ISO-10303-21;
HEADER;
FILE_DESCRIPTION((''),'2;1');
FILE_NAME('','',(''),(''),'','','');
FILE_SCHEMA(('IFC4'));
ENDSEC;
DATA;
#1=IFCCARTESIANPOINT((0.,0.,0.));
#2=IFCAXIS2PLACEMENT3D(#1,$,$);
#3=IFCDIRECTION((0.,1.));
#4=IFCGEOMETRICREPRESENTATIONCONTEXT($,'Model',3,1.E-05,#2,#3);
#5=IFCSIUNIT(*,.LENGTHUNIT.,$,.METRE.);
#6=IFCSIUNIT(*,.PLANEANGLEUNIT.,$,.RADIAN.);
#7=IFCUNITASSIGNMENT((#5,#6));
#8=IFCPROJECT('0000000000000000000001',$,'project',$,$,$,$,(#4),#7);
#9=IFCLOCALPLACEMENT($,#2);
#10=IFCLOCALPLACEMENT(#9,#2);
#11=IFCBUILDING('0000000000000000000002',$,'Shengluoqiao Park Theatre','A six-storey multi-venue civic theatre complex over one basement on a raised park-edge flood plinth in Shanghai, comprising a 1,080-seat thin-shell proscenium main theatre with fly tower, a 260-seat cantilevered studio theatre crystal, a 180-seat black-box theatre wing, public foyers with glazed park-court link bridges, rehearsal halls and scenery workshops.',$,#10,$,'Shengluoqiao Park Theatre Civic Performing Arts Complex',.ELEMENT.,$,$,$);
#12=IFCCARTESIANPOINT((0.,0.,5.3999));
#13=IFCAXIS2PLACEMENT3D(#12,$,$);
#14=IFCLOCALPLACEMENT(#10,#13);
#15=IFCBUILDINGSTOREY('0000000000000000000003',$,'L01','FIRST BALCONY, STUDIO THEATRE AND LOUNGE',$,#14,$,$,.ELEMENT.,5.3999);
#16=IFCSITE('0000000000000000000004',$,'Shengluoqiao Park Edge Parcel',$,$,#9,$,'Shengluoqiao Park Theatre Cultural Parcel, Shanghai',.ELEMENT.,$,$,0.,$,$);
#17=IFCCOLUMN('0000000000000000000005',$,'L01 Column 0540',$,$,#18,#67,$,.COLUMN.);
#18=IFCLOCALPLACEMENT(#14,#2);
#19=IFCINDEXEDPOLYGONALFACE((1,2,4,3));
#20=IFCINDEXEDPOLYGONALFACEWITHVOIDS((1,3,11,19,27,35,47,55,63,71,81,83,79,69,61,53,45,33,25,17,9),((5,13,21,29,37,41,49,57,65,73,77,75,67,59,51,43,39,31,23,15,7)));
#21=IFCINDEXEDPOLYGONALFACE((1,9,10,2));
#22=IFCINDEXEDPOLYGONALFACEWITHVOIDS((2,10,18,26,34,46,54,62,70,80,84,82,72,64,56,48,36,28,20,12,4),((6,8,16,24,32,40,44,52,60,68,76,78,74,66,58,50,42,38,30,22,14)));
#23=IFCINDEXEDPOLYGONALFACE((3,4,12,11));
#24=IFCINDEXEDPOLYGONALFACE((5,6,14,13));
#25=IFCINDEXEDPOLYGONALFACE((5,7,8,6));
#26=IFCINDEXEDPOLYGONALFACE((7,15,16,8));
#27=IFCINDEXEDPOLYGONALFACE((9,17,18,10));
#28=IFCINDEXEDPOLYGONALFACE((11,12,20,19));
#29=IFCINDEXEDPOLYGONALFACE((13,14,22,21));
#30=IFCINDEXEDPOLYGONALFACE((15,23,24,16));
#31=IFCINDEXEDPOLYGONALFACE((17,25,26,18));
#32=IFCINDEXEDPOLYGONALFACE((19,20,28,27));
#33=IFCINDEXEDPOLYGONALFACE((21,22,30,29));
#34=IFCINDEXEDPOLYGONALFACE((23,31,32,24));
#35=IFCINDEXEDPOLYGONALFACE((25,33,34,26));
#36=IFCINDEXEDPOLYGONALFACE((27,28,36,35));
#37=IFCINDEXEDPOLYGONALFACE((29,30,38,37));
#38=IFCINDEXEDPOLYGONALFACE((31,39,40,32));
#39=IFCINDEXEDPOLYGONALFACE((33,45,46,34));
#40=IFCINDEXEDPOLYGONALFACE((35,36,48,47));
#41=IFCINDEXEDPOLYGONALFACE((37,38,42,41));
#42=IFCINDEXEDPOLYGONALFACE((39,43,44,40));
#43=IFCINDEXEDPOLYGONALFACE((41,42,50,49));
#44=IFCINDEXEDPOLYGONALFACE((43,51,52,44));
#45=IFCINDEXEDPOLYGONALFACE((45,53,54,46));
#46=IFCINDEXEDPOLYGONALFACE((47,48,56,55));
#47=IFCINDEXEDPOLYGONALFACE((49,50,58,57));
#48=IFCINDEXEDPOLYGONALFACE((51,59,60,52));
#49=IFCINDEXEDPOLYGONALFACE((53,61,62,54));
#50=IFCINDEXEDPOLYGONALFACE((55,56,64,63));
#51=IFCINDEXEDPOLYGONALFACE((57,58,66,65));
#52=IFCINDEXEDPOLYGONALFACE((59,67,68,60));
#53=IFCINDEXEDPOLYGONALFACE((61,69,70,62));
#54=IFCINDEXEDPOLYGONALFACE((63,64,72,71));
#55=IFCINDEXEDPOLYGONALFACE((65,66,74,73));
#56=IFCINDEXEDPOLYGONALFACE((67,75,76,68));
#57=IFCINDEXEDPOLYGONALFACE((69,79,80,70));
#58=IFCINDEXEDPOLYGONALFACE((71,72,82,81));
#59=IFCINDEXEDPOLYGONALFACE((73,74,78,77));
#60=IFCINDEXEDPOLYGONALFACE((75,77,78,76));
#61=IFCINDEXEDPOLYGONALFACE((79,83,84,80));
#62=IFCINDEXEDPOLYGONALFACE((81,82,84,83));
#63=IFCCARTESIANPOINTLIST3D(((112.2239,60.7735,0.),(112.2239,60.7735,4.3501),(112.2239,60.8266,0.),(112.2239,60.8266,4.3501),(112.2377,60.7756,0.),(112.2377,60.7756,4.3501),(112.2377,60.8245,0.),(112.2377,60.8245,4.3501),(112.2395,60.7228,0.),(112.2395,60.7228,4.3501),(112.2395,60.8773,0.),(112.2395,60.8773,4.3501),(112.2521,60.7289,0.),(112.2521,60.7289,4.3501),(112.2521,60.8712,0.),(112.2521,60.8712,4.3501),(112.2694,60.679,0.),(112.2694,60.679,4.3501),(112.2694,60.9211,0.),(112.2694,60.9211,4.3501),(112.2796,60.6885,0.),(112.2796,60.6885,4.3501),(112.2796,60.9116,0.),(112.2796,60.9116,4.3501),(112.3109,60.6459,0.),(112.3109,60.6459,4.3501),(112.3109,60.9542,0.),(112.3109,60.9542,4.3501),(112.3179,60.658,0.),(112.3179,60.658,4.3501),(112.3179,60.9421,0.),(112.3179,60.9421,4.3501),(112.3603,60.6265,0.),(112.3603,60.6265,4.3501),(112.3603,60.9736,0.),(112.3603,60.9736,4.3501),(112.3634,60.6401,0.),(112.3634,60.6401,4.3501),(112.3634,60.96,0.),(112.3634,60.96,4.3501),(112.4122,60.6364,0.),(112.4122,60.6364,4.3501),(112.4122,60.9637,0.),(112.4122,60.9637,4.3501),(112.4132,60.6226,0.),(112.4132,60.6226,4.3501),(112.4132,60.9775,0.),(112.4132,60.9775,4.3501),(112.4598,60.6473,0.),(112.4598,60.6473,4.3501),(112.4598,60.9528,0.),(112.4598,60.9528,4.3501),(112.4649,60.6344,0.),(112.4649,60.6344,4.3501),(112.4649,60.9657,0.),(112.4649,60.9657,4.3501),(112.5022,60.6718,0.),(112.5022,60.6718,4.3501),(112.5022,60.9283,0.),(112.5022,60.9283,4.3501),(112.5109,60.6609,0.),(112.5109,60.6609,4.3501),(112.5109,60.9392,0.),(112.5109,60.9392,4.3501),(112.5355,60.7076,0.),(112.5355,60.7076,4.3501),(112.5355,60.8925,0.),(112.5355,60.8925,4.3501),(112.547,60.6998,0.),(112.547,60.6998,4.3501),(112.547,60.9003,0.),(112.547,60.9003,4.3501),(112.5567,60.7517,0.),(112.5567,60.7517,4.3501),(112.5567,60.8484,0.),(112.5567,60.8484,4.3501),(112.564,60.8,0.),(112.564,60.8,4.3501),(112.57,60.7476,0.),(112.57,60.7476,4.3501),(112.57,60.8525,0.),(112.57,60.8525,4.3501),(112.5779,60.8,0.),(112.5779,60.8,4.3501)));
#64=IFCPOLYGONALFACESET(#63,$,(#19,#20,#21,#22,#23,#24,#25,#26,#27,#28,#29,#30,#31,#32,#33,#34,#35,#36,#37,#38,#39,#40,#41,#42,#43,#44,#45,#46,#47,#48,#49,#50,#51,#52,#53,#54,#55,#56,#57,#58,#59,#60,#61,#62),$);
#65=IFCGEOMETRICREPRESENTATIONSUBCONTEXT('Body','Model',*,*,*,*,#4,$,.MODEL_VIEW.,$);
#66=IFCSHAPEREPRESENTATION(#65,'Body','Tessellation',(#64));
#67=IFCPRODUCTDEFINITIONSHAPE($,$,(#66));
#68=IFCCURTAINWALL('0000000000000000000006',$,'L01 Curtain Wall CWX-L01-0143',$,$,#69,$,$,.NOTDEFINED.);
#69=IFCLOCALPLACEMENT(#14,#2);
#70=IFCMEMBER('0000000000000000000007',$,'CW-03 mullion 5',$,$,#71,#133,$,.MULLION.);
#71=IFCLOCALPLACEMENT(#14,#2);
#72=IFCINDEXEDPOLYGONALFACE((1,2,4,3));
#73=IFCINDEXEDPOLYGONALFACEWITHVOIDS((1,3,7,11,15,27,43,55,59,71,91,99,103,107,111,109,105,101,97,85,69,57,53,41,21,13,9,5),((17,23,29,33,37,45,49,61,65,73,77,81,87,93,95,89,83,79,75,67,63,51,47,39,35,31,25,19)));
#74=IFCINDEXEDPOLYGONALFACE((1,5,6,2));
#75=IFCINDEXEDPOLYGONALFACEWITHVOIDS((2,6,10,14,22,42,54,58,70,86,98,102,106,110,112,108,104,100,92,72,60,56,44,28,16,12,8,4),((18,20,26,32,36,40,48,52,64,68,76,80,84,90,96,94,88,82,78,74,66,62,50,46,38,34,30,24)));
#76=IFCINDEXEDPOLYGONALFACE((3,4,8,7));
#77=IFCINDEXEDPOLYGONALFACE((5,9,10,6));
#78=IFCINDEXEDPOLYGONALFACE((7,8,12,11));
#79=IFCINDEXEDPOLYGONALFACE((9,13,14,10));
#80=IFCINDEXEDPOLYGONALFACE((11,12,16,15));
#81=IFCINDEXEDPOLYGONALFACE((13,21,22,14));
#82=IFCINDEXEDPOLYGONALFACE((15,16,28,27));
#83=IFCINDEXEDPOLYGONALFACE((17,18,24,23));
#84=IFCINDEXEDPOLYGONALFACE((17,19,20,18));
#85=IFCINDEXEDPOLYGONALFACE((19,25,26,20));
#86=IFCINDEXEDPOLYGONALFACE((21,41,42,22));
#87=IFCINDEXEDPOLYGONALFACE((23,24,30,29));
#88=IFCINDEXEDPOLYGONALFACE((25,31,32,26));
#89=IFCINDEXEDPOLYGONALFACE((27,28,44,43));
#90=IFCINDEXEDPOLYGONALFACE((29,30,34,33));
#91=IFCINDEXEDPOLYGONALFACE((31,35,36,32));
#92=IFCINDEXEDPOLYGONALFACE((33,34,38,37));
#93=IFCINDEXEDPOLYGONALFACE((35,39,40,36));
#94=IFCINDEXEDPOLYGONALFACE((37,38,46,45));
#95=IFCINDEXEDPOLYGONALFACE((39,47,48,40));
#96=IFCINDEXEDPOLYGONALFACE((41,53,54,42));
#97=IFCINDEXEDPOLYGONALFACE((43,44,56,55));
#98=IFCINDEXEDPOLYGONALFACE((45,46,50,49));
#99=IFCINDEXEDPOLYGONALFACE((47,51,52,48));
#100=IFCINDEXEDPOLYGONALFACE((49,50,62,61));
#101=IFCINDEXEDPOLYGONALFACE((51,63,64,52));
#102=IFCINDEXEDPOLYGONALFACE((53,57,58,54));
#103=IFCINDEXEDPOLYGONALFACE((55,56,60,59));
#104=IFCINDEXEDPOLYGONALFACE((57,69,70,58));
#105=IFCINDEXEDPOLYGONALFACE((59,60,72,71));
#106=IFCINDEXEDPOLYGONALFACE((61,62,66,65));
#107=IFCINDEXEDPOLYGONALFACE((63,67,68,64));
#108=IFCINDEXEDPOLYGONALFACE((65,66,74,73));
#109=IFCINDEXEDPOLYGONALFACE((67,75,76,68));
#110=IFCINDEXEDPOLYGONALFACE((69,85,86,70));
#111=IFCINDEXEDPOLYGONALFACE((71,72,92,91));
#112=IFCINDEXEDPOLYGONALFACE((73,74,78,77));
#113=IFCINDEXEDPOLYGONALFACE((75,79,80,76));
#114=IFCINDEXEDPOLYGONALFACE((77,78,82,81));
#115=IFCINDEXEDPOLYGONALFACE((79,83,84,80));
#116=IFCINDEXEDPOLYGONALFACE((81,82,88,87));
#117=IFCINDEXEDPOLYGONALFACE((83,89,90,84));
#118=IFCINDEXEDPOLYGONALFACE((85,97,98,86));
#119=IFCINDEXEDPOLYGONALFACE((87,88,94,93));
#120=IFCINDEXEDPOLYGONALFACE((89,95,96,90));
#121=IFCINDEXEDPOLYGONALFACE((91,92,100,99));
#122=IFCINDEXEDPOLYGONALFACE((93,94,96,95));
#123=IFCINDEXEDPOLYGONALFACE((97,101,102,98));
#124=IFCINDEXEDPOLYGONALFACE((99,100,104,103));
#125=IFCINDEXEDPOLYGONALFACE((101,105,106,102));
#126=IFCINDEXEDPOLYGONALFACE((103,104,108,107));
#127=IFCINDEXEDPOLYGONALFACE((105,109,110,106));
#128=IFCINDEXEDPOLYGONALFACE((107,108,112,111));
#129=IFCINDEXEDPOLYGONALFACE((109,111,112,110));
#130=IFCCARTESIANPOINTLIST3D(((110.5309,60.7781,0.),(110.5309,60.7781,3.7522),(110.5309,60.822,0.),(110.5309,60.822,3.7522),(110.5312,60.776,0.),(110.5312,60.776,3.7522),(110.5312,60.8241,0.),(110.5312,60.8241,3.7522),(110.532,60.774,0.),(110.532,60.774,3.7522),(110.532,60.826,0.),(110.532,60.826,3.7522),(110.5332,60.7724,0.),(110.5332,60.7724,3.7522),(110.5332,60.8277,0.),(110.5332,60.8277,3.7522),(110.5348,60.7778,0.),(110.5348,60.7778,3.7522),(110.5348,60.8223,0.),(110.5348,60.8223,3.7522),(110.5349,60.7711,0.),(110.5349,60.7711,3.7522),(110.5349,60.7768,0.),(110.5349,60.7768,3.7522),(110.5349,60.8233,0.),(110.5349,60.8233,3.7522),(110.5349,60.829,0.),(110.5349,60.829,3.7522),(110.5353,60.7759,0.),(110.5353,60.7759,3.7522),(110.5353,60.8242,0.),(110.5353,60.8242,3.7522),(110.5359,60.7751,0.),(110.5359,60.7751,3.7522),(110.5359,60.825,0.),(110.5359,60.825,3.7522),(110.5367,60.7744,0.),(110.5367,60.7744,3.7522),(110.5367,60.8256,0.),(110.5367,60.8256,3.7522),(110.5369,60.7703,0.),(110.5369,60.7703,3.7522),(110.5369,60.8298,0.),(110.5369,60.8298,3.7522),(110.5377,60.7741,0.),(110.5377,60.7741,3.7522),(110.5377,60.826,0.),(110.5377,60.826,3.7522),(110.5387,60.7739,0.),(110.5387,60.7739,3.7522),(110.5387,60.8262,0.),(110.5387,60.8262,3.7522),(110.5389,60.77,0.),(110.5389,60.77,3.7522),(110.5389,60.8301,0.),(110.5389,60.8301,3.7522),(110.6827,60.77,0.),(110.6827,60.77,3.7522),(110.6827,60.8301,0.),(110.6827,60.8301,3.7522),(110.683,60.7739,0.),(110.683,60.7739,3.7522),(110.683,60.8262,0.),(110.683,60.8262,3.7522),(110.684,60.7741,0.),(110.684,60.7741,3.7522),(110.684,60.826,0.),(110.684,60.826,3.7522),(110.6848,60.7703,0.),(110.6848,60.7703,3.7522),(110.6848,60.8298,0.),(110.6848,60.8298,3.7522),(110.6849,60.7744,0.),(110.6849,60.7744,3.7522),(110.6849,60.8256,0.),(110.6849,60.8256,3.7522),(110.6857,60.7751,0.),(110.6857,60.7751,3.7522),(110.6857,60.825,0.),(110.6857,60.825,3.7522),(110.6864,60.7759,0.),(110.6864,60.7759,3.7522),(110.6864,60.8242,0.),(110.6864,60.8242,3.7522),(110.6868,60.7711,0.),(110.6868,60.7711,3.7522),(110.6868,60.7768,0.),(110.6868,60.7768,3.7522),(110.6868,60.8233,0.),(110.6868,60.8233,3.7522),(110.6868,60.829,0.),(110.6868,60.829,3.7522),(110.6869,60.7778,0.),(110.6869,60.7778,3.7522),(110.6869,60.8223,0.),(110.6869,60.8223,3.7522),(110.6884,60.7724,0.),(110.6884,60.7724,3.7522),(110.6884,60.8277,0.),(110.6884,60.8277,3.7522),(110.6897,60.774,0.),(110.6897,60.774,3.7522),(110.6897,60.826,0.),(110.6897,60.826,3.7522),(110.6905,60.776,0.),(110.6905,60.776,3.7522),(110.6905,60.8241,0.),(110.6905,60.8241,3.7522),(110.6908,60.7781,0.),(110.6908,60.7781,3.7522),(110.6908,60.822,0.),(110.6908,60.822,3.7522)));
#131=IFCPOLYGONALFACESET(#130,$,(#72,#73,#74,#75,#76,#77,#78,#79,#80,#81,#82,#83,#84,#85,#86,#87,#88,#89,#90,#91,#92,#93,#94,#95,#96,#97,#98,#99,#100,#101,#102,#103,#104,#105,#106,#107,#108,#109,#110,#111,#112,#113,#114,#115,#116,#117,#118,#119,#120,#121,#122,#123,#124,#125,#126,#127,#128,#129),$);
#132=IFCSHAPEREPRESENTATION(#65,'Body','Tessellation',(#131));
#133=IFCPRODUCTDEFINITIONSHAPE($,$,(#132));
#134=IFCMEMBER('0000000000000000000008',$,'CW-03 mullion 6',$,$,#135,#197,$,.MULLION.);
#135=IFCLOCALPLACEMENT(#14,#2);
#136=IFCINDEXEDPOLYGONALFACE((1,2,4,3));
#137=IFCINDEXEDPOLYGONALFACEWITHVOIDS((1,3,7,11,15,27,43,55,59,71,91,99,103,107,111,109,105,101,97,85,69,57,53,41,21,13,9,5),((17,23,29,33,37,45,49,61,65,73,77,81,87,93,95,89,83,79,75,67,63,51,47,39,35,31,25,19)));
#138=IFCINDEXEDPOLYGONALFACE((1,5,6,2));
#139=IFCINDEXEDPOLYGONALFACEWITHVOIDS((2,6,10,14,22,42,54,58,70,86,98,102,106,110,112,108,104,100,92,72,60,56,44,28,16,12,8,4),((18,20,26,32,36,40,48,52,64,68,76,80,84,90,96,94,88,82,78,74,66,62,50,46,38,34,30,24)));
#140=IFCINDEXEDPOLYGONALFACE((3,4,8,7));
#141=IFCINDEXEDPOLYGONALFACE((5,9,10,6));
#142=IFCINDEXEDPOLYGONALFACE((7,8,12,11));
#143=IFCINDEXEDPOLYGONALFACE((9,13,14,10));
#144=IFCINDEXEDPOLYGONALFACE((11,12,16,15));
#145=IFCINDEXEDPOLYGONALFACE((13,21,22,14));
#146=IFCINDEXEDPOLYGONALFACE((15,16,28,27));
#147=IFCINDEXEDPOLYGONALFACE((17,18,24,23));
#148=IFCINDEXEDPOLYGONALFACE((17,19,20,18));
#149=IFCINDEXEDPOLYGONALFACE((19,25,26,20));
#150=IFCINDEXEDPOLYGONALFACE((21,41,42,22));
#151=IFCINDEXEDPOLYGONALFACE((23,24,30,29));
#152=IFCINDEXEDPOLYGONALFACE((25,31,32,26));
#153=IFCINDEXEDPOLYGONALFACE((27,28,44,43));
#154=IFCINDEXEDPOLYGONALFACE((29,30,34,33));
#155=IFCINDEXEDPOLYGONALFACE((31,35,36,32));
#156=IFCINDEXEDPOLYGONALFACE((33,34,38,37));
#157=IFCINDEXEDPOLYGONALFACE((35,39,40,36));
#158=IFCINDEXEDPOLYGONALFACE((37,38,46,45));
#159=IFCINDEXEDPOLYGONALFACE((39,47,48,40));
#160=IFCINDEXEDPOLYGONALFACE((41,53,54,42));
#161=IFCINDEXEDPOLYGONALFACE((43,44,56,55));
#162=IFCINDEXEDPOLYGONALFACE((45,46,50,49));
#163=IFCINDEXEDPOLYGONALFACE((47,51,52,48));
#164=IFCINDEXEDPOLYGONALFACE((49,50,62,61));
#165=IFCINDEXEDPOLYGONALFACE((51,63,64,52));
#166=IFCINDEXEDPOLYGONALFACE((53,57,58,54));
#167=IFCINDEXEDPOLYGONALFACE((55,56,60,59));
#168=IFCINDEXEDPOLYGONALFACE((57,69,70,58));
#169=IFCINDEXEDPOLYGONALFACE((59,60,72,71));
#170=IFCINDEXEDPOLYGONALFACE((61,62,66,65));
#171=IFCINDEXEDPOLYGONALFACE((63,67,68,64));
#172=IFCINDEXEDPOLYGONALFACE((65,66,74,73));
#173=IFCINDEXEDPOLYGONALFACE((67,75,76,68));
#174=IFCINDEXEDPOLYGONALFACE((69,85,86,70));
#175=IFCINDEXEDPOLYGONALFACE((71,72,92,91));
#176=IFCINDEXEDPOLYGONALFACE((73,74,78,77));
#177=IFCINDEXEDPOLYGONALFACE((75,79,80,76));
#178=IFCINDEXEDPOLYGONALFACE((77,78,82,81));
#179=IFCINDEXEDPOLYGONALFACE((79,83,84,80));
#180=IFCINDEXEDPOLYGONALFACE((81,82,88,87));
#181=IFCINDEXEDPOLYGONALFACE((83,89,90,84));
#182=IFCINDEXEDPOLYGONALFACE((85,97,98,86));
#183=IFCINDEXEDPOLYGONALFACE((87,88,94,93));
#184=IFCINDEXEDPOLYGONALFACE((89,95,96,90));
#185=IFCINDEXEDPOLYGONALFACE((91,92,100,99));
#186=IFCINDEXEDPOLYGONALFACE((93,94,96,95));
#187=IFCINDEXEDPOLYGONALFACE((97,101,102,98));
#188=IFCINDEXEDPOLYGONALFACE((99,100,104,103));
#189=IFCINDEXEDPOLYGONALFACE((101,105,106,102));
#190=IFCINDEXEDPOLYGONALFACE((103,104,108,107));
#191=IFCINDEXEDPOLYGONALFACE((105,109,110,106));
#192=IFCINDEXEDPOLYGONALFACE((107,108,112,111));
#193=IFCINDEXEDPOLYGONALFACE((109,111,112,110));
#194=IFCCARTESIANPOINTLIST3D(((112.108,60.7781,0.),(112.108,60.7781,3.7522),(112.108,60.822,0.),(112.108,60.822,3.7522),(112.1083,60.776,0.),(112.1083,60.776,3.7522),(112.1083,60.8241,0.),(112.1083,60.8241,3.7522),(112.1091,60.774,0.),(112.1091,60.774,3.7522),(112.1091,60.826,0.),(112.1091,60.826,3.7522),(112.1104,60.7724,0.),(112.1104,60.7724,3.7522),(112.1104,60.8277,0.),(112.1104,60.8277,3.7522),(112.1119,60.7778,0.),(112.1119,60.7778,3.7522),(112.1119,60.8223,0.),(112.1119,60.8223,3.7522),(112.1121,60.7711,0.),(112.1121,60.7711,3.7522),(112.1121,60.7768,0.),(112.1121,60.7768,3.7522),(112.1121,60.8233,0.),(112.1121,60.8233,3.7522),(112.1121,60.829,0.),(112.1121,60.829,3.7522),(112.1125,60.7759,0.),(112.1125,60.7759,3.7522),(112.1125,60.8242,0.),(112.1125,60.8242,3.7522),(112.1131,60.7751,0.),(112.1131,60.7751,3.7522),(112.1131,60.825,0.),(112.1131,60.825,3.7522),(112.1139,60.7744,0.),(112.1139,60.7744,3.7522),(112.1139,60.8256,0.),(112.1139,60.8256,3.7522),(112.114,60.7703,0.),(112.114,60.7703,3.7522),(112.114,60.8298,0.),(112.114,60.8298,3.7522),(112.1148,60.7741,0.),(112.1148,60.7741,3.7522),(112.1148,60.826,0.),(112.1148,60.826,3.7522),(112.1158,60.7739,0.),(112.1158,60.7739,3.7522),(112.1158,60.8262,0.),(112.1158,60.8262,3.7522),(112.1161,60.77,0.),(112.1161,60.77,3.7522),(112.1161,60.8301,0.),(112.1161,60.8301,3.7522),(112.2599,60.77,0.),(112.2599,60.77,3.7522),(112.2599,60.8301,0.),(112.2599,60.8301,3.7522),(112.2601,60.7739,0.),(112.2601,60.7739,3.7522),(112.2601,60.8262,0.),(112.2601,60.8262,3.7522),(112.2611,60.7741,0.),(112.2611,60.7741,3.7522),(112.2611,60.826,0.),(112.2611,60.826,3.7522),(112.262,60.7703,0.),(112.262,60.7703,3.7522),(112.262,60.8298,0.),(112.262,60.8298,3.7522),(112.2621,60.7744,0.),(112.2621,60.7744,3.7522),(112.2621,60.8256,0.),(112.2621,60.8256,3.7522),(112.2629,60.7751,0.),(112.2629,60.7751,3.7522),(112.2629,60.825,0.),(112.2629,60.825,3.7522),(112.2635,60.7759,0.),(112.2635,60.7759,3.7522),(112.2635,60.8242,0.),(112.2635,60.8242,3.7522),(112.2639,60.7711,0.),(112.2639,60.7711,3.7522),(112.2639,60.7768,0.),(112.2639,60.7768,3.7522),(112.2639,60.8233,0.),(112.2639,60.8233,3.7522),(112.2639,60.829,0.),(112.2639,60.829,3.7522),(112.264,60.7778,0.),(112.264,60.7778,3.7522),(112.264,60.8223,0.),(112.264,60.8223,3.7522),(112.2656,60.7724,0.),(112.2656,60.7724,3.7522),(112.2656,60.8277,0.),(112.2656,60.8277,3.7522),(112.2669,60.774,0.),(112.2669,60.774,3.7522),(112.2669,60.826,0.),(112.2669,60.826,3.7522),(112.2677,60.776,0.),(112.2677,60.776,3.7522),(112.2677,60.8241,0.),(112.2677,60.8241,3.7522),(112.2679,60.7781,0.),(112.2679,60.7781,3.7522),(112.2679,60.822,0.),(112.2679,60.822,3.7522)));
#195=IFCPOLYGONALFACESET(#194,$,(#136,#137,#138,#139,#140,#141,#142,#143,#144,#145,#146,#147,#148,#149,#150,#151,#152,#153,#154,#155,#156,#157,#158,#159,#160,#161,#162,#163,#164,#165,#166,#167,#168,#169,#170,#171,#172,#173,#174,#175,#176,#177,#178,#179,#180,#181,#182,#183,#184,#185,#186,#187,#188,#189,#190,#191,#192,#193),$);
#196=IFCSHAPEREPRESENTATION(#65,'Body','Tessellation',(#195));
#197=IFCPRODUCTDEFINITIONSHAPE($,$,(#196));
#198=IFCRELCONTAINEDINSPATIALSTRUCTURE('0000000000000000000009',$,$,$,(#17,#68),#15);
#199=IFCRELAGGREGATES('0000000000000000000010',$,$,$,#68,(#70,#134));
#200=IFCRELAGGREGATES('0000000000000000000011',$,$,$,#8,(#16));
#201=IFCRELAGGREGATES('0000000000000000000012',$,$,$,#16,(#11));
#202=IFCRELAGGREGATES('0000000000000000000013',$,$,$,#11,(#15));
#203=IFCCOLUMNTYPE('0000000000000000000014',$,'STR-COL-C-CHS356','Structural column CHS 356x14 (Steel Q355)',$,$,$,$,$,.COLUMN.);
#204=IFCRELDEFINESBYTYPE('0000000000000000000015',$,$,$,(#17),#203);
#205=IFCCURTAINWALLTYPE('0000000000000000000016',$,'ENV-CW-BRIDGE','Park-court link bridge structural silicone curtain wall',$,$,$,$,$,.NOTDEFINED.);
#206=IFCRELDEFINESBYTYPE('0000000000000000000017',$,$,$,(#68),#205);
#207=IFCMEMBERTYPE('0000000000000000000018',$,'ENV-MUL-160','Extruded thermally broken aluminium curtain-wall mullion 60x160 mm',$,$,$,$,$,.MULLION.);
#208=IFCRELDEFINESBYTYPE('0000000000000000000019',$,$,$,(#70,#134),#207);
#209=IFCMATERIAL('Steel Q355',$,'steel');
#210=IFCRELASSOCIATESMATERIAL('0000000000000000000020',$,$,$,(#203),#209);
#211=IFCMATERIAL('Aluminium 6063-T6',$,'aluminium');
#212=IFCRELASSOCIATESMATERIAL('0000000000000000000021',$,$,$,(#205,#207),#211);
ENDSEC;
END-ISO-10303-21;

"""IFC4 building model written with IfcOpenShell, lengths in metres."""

from ifc_helpers import new_model, si_unit, direction, frame, origin, origin_2d, place, context, subcontext, project, spatial, hollow_rectangle, hollow_circle, extrude, material, material_profile, profile_set, type_object, element, aggregate, save


model = new_model("IFC4")

# Units and contexts
model_context = context("Model", 3, precision=1e-05, world=origin(), true_north=direction((0.0, 1.0)))
body_context = subcontext(model_context, "Body", "Model", "MODEL_VIEW")
ifc_project = project(units=[si_unit("LENGTHUNIT", "METRE"), si_unit("PLANEANGLEUNIT", "RADIAN")], contexts=[model_context])

# Site, building, storey
site_placement = place(None, origin())
site = spatial("IfcSite", under=ifc_project, at=site_placement, Name="Shengluoqiao Park Edge Parcel", LongName="Shengluoqiao Park Theatre Cultural Parcel, Shanghai", CompositionType="ELEMENT", RefElevation=0.0)
building_placement = place(site_placement, origin())
building = spatial("IfcBuilding", under=site, at=building_placement, Name="Shengluoqiao Park Theatre", Description="A six-storey multi-venue civic theatre complex over one basement on a raised park-edge flood plinth in Shanghai, comprising a 1,080-seat thin-shell proscenium main theatre with fly tower, a 260-seat cantilevered studio theatre crystal, a 180-seat black-box theatre wing, public foyers with glazed park-court link bridges, rehearsal halls and scenery workshops.", LongName="Shengluoqiao Park Theatre Civic Performing Arts Complex", CompositionType="ELEMENT")
storey_placement = place(building_placement, frame((0.0, 0.0, 5.3999)))
storey = spatial("IfcBuildingStorey", under=building, at=storey_placement, Name="L01", Description="FIRST BALCONY, STUDIO THEATRE AND LOUNGE", CompositionType="ELEMENT", Elevation=5.3999)

# Column
ifc_material_1 = material(Name="Steel Q355", Category="steel")
ifc_material_profile_1 = material_profile(ifc_material_1, hollow_circle(Radius=0.178, WallThickness=0.0139, at=origin_2d()), Name="CHS 356x14")
ifc_profile_set_1 = profile_set([ifc_material_profile_1], Name="Steel Q355")
column_type = type_object("IfcColumnType", Name="STR-COL-C-CHS356", Description="Structural column CHS 356x14 (Steel Q355)", PredefinedType="COLUMN", material=ifc_profile_set_1)
column_placement = place(storey_placement, frame((112.3999, 60.8, 0.0), z_axis=(0.0, 0.0, 1.0), x_axis=(1.0, 0.0, 0.0)))
element("IfcColumn", 1, at=column_placement, inside=storey, type_object=column_type, Name="L01 Column 0540", PredefinedType="COLUMN", context=body_context, shape_type="SweptSolid", body=[
    extrude(hollow_circle(Radius=0.178, WallThickness=0.0139, at=origin_2d()), origin(), (0.0, 0.0, 1.0), 4.3501),
])

# Curtain wall, members
ifc_material_2 = material(Name="Aluminium 6063-T6", Category="aluminium")
curtain_wall_type = type_object("IfcCurtainWallType", Name="ENV-CW-BRIDGE", Description="Park-court link bridge structural silicone curtain wall", PredefinedType="NOTDEFINED", material=ifc_material_2)
curtain_wall_1_placement = place(storey_placement, origin())
curtain_wall_1 = element("IfcCurtainWall", 2, at=curtain_wall_1_placement, inside=storey, type_object=curtain_wall_type, Name="L01 Curtain Wall CWX-L01-0143", PredefinedType="NOTDEFINED")
ifc_material_profile_2 = material_profile(ifc_material_2, hollow_rectangle(XDim=0.0601, YDim=0.1599, WallThickness=0.0039, InnerFilletRadius=0.0039, OuterFilletRadius=0.0081, at=origin_2d()), Name="ALU MULLION 160x60x4")
ifc_profile_set_2 = profile_set([ifc_material_profile_2], Name="Aluminium 6063-T6")
member_type_1 = type_object("IfcMemberType", Name="ENV-MUL-160", Description="Extruded thermally broken aluminium curtain-wall mullion 60x160 mm", PredefinedType="MULLION", material=ifc_profile_set_2)
member_1_placement = place(storey_placement, frame((110.6108, 60.8, 0.0), z_axis=(0.0, 0.0, 1.0), x_axis=(0.0, 1.0, 0.0)))
member_1 = element("IfcMember", 3, at=member_1_placement, type_object=member_type_1, Name="CW-03 mullion 5", PredefinedType="MULLION", context=body_context, shape_type="SweptSolid", body=[
    extrude(hollow_rectangle(XDim=0.0601, YDim=0.1599, WallThickness=0.0039, InnerFilletRadius=0.0039, OuterFilletRadius=0.0081, at=origin_2d()), origin(), (0.0, 0.0, 1.0), 3.7522),
])
member_2_placement = place(storey_placement, frame((112.188, 60.8, 0.0), z_axis=(0.0, 0.0, 1.0), x_axis=(0.0, 1.0, 0.0)))
member_2 = element("IfcMember", 4, at=member_2_placement, type_object=member_type_1, Name="CW-03 mullion 6", PredefinedType="MULLION", context=body_context, shape_type="SweptSolid", body=[
    extrude(hollow_rectangle(XDim=0.0601, YDim=0.1599, WallThickness=0.0039, InnerFilletRadius=0.0039, OuterFilletRadius=0.0081, at=origin_2d()), origin(), (0.0, 0.0, 1.0), 3.7522),
])

aggregate(curtain_wall_1, [member_1, member_2])

save(model, "model.ifc")
